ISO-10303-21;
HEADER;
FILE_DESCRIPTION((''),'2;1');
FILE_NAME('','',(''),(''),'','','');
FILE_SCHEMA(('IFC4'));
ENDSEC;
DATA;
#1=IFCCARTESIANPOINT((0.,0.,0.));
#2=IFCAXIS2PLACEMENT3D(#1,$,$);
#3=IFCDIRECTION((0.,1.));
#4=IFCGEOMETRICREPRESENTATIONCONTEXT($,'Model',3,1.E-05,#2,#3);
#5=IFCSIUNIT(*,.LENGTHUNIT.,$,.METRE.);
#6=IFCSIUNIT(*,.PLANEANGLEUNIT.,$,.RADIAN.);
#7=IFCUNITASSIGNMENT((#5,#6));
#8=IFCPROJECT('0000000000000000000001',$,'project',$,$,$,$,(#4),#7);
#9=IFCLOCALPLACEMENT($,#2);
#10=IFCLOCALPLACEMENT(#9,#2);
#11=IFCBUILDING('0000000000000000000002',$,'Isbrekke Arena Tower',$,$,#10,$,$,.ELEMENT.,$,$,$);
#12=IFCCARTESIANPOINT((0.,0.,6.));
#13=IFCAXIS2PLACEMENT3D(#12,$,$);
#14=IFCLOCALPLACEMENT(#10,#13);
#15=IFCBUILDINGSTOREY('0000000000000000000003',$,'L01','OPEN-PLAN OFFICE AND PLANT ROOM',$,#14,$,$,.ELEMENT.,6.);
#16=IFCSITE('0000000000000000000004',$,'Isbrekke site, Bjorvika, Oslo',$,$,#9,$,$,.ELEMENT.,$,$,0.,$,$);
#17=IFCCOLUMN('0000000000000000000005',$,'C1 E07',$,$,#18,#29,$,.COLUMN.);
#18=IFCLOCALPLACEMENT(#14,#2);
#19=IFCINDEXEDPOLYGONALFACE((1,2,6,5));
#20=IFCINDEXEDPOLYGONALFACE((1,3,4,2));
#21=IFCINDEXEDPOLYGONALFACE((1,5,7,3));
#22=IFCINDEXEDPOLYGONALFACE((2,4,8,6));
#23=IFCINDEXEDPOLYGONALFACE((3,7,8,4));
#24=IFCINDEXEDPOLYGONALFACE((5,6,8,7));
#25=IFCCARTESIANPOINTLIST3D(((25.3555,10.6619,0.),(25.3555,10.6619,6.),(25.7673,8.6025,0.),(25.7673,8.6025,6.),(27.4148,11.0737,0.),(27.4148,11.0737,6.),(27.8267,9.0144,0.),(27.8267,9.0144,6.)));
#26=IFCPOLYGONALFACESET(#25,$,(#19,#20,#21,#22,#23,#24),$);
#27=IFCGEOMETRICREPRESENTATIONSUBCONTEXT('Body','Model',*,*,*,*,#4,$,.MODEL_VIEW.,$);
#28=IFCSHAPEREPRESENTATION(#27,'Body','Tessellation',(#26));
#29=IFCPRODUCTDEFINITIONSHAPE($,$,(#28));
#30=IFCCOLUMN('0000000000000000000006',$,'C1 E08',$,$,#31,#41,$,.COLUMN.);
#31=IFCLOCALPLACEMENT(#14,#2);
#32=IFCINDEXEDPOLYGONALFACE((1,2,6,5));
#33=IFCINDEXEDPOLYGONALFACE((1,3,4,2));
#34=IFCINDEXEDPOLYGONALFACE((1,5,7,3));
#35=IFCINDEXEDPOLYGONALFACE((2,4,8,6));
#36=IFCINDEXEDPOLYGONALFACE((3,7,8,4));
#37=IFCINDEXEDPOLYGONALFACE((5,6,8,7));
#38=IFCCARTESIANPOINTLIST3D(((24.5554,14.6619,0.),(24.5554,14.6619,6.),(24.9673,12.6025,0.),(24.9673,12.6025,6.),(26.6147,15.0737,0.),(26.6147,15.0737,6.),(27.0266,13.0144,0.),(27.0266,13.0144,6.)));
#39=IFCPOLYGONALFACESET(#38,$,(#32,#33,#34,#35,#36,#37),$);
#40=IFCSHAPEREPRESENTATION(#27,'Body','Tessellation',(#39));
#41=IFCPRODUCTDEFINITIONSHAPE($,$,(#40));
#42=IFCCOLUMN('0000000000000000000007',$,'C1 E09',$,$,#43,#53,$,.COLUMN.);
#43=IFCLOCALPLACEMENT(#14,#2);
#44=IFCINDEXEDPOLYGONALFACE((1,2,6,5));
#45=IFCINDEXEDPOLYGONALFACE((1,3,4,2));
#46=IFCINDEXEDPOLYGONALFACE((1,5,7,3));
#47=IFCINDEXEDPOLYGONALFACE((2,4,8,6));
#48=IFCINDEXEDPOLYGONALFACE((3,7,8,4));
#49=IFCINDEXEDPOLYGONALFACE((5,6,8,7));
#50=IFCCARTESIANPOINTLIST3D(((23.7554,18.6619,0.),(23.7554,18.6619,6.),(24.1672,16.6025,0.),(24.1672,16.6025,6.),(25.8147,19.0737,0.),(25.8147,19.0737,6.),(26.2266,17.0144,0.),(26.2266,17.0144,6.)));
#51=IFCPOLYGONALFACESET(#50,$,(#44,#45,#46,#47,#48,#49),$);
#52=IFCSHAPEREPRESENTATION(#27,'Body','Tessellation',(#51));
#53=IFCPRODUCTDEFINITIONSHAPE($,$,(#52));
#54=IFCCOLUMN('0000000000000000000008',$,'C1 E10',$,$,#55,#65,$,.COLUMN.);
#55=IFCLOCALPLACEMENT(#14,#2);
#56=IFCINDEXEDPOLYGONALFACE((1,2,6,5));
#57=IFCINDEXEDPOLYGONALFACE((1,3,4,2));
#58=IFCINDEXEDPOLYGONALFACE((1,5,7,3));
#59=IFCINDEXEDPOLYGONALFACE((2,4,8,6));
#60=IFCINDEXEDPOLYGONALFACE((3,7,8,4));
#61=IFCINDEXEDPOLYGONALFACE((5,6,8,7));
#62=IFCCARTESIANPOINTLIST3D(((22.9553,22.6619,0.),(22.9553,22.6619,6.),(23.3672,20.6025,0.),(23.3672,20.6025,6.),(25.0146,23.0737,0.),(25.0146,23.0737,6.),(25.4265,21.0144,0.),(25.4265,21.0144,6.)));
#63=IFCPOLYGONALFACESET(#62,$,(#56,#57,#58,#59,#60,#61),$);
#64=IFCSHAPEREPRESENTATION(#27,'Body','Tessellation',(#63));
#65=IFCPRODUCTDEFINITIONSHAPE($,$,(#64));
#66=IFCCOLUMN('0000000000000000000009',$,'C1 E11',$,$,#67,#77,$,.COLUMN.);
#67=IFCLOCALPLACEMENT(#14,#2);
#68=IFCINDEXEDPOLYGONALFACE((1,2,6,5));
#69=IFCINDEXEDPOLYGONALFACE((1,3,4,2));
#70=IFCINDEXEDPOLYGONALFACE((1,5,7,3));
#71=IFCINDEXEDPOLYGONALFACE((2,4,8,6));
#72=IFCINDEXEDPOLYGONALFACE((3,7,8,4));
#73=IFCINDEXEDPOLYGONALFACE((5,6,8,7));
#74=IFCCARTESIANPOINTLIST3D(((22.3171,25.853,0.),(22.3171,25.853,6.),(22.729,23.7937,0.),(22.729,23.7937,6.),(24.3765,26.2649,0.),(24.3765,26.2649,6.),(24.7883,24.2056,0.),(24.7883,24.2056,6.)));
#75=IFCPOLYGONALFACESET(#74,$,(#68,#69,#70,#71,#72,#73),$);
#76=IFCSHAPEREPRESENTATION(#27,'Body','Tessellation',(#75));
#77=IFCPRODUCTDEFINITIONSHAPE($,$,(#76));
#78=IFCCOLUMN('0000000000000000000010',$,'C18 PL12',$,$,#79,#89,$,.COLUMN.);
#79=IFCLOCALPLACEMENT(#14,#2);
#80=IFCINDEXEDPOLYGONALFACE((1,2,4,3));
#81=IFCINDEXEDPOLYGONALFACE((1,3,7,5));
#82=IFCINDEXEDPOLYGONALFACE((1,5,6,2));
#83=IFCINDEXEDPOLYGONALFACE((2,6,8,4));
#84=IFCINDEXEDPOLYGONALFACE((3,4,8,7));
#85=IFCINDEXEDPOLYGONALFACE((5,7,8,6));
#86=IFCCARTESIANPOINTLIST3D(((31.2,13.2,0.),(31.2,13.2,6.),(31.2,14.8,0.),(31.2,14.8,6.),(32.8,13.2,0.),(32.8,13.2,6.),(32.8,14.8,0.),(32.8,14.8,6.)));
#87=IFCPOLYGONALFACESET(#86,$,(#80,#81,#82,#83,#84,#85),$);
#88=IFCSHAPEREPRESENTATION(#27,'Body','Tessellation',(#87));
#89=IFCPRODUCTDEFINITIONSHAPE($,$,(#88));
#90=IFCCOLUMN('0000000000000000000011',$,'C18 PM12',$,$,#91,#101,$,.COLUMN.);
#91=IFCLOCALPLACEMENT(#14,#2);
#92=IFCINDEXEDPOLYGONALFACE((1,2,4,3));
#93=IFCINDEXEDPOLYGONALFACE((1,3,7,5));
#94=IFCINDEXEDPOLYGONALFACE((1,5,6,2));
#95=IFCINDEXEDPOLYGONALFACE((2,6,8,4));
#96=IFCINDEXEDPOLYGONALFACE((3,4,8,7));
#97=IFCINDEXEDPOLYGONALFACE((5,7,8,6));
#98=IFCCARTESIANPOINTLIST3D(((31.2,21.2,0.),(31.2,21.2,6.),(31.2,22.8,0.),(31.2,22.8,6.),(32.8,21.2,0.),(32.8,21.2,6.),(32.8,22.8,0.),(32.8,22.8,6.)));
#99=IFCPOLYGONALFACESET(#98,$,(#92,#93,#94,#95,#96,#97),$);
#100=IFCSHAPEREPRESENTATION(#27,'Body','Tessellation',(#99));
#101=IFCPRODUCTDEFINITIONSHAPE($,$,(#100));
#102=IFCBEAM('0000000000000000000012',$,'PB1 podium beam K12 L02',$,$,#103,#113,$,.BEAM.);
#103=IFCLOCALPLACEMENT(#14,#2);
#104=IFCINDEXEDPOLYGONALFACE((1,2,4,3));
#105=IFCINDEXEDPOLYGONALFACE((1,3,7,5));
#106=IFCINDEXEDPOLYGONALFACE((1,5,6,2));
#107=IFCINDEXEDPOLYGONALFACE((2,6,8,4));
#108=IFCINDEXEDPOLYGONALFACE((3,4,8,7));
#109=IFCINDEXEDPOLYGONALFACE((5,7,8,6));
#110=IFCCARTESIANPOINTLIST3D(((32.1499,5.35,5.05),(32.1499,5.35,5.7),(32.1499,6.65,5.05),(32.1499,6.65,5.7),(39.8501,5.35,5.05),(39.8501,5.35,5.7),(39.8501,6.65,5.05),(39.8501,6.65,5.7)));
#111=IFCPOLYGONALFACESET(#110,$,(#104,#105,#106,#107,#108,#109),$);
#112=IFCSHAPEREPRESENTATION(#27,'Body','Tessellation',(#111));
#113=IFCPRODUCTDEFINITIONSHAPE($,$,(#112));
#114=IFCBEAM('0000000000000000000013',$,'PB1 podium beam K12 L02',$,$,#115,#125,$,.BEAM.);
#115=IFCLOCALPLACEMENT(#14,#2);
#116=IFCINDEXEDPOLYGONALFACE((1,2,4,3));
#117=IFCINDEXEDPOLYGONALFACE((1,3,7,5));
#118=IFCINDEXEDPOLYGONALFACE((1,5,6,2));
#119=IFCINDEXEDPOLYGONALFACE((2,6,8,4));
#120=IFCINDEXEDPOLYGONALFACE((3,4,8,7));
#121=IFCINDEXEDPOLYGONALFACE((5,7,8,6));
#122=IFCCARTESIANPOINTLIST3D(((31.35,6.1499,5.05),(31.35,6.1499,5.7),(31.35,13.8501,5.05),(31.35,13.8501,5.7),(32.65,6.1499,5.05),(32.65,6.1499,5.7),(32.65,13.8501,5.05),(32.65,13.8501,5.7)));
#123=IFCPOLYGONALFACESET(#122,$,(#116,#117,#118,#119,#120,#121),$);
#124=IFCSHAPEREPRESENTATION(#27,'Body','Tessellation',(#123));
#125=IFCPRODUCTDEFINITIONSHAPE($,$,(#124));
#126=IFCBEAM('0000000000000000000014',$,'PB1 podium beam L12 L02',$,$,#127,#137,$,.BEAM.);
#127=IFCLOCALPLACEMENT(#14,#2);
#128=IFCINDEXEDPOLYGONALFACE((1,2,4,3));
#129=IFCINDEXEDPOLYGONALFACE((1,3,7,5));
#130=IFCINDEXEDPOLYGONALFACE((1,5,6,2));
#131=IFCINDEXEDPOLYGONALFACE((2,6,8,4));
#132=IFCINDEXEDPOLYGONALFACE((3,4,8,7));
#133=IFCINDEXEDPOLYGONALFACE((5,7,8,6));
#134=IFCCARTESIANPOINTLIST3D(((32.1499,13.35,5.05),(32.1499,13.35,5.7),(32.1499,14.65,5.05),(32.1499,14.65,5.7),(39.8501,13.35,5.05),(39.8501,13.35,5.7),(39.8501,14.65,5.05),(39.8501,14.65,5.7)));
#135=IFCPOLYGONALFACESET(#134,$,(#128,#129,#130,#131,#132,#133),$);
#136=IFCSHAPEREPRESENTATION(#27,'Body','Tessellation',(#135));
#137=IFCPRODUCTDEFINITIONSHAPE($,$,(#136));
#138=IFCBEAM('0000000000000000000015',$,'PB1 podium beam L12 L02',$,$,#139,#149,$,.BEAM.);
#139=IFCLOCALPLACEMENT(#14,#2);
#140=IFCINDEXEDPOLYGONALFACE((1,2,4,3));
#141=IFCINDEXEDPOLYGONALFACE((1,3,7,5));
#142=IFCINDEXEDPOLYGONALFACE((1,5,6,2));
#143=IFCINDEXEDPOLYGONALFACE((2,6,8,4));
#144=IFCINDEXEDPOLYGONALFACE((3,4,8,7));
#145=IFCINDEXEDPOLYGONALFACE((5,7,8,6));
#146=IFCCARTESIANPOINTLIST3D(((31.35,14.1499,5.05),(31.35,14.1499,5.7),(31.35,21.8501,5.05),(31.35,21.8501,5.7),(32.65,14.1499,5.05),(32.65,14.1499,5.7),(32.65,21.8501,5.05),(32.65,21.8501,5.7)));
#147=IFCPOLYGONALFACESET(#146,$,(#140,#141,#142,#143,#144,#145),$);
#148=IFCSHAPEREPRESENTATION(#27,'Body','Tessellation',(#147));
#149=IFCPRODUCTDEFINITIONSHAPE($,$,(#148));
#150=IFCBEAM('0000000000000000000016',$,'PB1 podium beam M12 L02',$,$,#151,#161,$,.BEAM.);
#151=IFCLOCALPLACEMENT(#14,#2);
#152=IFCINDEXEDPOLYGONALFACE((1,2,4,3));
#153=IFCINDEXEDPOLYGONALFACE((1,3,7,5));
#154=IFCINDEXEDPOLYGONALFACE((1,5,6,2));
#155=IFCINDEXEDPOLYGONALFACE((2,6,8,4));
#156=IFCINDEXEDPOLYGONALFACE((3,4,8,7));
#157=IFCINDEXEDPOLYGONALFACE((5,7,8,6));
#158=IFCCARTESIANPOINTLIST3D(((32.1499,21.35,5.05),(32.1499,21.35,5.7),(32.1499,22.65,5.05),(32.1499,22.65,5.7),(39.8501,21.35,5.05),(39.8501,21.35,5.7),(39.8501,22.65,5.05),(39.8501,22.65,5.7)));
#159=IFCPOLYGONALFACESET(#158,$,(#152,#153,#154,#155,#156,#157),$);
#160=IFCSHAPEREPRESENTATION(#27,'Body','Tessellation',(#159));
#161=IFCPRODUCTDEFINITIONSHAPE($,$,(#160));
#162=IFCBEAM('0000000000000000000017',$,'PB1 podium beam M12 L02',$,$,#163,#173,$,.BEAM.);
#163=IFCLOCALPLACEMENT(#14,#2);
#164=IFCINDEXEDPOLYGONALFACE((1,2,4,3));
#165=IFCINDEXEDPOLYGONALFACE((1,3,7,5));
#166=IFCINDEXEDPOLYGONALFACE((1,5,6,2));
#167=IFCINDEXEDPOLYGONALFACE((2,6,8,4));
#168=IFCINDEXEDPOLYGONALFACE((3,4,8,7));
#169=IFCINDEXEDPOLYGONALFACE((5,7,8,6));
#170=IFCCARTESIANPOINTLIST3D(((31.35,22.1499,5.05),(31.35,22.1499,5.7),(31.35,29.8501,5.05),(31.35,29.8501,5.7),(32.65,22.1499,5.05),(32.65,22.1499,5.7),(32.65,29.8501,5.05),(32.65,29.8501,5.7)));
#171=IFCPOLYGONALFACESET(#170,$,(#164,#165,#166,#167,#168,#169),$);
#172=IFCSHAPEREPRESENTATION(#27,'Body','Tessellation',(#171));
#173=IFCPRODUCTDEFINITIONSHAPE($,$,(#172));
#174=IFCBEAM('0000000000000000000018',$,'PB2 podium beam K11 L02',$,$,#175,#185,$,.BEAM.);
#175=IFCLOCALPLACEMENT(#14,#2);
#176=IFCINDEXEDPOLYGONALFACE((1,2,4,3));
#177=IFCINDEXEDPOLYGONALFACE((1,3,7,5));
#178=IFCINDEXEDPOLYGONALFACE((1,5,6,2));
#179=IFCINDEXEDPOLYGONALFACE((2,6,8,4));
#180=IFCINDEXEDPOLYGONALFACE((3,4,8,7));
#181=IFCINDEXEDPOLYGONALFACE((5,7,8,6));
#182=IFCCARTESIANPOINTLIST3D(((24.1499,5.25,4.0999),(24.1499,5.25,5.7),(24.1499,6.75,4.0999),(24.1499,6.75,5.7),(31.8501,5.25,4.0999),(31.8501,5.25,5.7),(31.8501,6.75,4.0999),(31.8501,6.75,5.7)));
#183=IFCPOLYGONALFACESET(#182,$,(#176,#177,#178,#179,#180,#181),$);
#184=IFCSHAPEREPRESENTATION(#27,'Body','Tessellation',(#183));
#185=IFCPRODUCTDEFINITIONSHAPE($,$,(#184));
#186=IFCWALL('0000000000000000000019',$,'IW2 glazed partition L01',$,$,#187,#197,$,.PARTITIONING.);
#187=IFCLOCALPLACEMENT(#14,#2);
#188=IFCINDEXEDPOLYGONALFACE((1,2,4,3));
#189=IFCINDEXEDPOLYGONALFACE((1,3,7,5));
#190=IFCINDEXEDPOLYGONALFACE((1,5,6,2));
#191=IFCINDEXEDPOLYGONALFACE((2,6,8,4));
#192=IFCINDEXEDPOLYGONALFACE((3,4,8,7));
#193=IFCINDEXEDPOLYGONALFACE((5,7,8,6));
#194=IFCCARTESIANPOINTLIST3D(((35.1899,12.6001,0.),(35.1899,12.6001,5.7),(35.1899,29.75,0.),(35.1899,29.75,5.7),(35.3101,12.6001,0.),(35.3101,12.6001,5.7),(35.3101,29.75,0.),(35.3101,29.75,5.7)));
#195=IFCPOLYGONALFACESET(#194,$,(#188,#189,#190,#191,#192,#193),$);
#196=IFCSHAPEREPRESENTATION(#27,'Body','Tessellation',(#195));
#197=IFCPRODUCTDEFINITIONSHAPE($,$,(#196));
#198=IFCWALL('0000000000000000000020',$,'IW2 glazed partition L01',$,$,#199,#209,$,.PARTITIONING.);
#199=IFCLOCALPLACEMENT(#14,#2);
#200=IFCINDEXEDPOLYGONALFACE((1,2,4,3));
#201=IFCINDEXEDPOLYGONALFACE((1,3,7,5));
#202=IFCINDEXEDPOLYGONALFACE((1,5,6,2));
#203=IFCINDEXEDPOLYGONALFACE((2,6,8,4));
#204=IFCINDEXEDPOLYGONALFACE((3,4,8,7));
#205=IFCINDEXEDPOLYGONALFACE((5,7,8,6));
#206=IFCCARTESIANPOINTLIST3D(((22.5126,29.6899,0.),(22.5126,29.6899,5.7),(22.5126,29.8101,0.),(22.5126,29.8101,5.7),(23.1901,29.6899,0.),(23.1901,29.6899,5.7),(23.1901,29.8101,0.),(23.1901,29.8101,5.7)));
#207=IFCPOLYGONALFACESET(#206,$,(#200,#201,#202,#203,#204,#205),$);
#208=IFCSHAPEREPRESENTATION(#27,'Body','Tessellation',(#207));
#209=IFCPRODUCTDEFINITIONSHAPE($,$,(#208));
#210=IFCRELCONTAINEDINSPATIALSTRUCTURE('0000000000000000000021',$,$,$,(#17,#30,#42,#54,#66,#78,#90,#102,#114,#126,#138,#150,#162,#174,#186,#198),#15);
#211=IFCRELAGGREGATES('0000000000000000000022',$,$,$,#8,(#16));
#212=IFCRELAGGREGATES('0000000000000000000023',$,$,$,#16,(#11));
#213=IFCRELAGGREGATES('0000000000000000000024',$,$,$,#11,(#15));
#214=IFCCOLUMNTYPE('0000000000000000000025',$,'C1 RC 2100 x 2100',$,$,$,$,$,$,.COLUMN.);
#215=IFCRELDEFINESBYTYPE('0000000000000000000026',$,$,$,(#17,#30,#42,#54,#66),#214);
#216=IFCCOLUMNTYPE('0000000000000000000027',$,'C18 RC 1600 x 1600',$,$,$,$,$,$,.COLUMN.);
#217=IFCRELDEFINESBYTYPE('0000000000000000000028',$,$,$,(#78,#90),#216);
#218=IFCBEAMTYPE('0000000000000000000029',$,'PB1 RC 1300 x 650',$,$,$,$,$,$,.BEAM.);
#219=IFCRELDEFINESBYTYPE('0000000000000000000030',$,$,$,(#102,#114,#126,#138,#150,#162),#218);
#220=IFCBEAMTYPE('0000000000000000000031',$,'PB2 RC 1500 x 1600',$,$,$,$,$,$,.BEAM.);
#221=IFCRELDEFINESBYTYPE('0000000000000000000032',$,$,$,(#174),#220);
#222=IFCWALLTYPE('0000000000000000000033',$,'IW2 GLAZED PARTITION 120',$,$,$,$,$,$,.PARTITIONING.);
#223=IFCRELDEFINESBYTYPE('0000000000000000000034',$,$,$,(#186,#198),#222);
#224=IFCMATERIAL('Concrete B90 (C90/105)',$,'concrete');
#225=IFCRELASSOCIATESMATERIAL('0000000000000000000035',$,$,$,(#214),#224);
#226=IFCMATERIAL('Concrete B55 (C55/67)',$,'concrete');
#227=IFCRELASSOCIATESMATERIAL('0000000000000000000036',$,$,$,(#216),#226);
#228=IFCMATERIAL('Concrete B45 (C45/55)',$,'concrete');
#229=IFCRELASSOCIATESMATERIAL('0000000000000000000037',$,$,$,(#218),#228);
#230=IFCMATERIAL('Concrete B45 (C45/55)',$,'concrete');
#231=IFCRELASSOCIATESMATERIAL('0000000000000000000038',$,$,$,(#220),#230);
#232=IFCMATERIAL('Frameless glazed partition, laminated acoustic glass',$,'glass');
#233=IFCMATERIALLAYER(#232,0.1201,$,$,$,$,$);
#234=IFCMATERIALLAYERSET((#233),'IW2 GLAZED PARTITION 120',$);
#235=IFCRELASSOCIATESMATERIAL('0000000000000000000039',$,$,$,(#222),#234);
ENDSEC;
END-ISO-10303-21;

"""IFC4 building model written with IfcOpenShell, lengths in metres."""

from ifc_helpers import new_model, si_unit, direction, frame, frame_2d, origin, origin_2d, place, context, subcontext, project, spatial, rectangle, extrude, material, layer, layer_set, material_profile, profile_set, type_object, element, save


model = new_model("IFC4")

# Units and contexts
model_context = context("Model", 3, precision=1e-05, world=origin(), true_north=direction((0.0, 1.0)))
body_context = subcontext(model_context, "Body", "Model", "MODEL_VIEW")
ifc_project = project(units=[si_unit("LENGTHUNIT", "METRE"), si_unit("PLANEANGLEUNIT", "RADIAN")], contexts=[model_context])

# Site, building, storey
site_placement = place(None, origin())
site = spatial("IfcSite", under=ifc_project, at=site_placement, Name="Isbrekke site, Bjorvika, Oslo", CompositionType="ELEMENT", RefElevation=0.0)
building_placement = place(site_placement, origin())
building = spatial("IfcBuilding", under=site, at=building_placement, Name="Isbrekke Arena Tower", CompositionType="ELEMENT")
storey_placement = place(building_placement, frame((0.0, 0.0, 6.0)))
storey = spatial("IfcBuildingStorey", under=building, at=storey_placement, Name="L01", Description="OPEN-PLAN OFFICE AND PLANT ROOM", CompositionType="ELEMENT", Elevation=6.0)

# Columns
ifc_material_1 = material(Name="Concrete B90 (C90/105)", Category="concrete")
ifc_material_profile_1 = material_profile(ifc_material_1, rectangle(XDim=2.1001, YDim=2.1001, at=origin_2d()), Name="RC 2100x2100")
ifc_profile_set_1 = profile_set([ifc_material_profile_1], Name="Concrete B90 (C90/105)")
column_type_1 = type_object("IfcColumnType", Name="C1 RC 2100 x 2100", PredefinedType="COLUMN", material=ifc_profile_set_1)
for number, where, z_axis, x_axis, name in (
    (1, (26.5911, 9.8381, 0.0), (0.0, 0.0, 1.0), (-0.196116, 0.980581, 0.0), "C1 E07"),
    (2, (25.791, 13.8381, 0.0), (0.0, 0.0, 1.0), (-0.196116, 0.980581, 0.0), "C1 E08"),
    (3, (24.991, 17.8381, 0.0), (0.0, 0.0, 1.0), (-0.196116, 0.980581, 0.0), "C1 E09"),
    (4, (24.1909, 21.8381, 0.0), (0.0, 0.0, 1.0), (-0.196116, 0.980581, 0.0), "C1 E10"),
    (5, (23.5527, 25.0293, 0.0), (0.0, 0.0, 1.0), (-0.196116, 0.980581, 0.0), "C1 E11"),
):
    element("IfcColumn", number, at=place(storey_placement, frame(where, z_axis=z_axis, x_axis=x_axis)), inside=storey, type_object=column_type_1, Name=name, PredefinedType="COLUMN", context=body_context, shape_type="SweptSolid", body=[
        extrude(rectangle(XDim=2.1001, YDim=2.1001, at=origin_2d()), origin(), (0.0, 0.0, 1.0), 6.0),
    ])
ifc_material_2 = material(Name="Concrete B55 (C55/67)", Category="concrete")
ifc_material_profile_2 = material_profile(ifc_material_2, rectangle(XDim=1.6001, YDim=1.6001, at=origin_2d()), Name="RC 1600x1600")
ifc_profile_set_2 = profile_set([ifc_material_profile_2], Name="Concrete B55 (C55/67)")
column_type_2 = type_object("IfcColumnType", Name="C18 RC 1600 x 1600", PredefinedType="COLUMN", material=ifc_profile_set_2)
for number, where, z_axis, x_axis, name in (
    (6, (32.0, 14.0, 0.0), (0.0, 0.0, 1.0), (1.0, 0.0, 0.0), "C18 PL12"),
    (7, (32.0, 22.0, 0.0), (0.0, 0.0, 1.0), (1.0, 0.0, 0.0), "C18 PM12"),
):
    element("IfcColumn", number, at=place(storey_placement, frame(where, z_axis=z_axis, x_axis=x_axis)), inside=storey, type_object=column_type_2, Name=name, PredefinedType="COLUMN", context=body_context, shape_type="SweptSolid", body=[
        extrude(rectangle(XDim=1.6001, YDim=1.6001, at=origin_2d()), origin(), (0.0, 0.0, 1.0), 6.0),
    ])

# Beams
ifc_material_3 = material(Name="Concrete B45 (C45/55)", Category="concrete")
ifc_material_profile_3 = material_profile(ifc_material_3, rectangle(XDim=1.3, YDim=0.6499, at=origin_2d()), Name="RC 1300x650")
ifc_profile_set_3 = profile_set([ifc_material_profile_3], Name="Concrete B45 (C45/55)")
beam_type_1 = type_object("IfcBeamType", Name="PB1 RC 1300 x 650", PredefinedType="BEAM", material=ifc_profile_set_3)
for number, where, z_axis, x_axis, name in (
    (8, (32.1499, 6.0, 5.375), (1.0, 0.0, 0.0), (0.0, 1.0, 0.0), "PB1 podium beam K12 L02"),
    (9, (32.0, 6.1499, 5.375), (0.0, 1.0, 0.0), (-1.0, 0.0, 0.0), "PB1 podium beam K12 L02"),
    (10, (32.1499, 14.0, 5.375), (1.0, 0.0, 0.0), (0.0, 1.0, 0.0), "PB1 podium beam L12 L02"),
    (11, (32.0, 14.1499, 5.375), (0.0, 1.0, 0.0), (-1.0, 0.0, 0.0), "PB1 podium beam L12 L02"),
    (12, (32.1499, 22.0, 5.375), (1.0, 0.0, 0.0), (0.0, 1.0, 0.0), "PB1 podium beam M12 L02"),
    (13, (32.0, 22.1499, 5.375), (0.0, 1.0, 0.0), (-1.0, 0.0, 0.0), "PB1 podium beam M12 L02"),
):
    element("IfcBeam", number, at=place(storey_placement, frame(where, z_axis=z_axis, x_axis=x_axis)), inside=storey, type_object=beam_type_1, Name=name, PredefinedType="BEAM", context=body_context, shape_type="SweptSolid", body=[
        extrude(rectangle(XDim=1.3, YDim=0.6499, at=origin_2d()), origin(), (0.0, 0.0, 1.0), 7.7002),
    ])
ifc_material_4 = material(Name="Concrete B45 (C45/55)", Category="concrete")
ifc_material_profile_4 = material_profile(ifc_material_4, rectangle(XDim=1.5, YDim=1.6001, at=origin_2d()), Name="RC 1500x1600")
ifc_profile_set_4 = profile_set([ifc_material_profile_4], Name="Concrete B45 (C45/55)")
beam_type_2 = type_object("IfcBeamType", Name="PB2 RC 1500 x 1600", PredefinedType="BEAM", material=ifc_profile_set_4)
beam_placement = place(storey_placement, frame((24.1499, 6.0, 4.8999), z_axis=(1.0, 0.0, 0.0), x_axis=(0.0, 1.0, 0.0)))
element("IfcBeam", 14, at=beam_placement, inside=storey, type_object=beam_type_2, Name="PB2 podium beam K11 L02", PredefinedType="BEAM", context=body_context, shape_type="SweptSolid", body=[
    extrude(rectangle(XDim=1.5, YDim=1.6001, at=origin_2d()), origin(), (0.0, 0.0, 1.0), 7.7002),
])

# Walls
ifc_material_5 = material(Name="Frameless glazed partition, laminated acoustic glass", Category="glass")
ifc_layer = layer(ifc_material_5, 0.1201)
ifc_layer_set = layer_set([ifc_layer], Name="IW2 GLAZED PARTITION 120")
wall_type = type_object("IfcWallType", Name="IW2 GLAZED PARTITION 120", PredefinedType="PARTITIONING", material=ifc_layer_set)
wall_1_placement = place(storey_placement, frame((35.25, 12.6001, 0.0), z_axis=(0.0, 0.0, 1.0), x_axis=(0.0, 1.0, 0.0)))
element("IfcWall", 15, at=wall_1_placement, inside=storey, type_object=wall_type, Name="IW2 glazed partition L01", PredefinedType="PARTITIONING", context=body_context, shape_type="SweptSolid", body=[
    extrude(rectangle(XDim=17.1499, YDim=0.1201, at=frame_2d((8.575, 0.0))), origin(), (0.0, 0.0, 1.0), 5.7),
])
wall_2_placement = place(storey_placement, frame((22.5125, 29.75, 0.0), z_axis=(0.0, 0.0, 1.0), x_axis=(1.0, 0.0, 0.0)))
element("IfcWall", 16, at=wall_2_placement, inside=storey, type_object=wall_type, Name="IW2 glazed partition L01", PredefinedType="PARTITIONING", context=body_context, shape_type="SweptSolid", body=[
    extrude(rectangle(XDim=0.6775, YDim=0.1201, at=frame_2d((0.3389, 0.0))), origin(), (0.0, 0.0, 1.0), 5.7),
])

save(model, "model.ifc")
